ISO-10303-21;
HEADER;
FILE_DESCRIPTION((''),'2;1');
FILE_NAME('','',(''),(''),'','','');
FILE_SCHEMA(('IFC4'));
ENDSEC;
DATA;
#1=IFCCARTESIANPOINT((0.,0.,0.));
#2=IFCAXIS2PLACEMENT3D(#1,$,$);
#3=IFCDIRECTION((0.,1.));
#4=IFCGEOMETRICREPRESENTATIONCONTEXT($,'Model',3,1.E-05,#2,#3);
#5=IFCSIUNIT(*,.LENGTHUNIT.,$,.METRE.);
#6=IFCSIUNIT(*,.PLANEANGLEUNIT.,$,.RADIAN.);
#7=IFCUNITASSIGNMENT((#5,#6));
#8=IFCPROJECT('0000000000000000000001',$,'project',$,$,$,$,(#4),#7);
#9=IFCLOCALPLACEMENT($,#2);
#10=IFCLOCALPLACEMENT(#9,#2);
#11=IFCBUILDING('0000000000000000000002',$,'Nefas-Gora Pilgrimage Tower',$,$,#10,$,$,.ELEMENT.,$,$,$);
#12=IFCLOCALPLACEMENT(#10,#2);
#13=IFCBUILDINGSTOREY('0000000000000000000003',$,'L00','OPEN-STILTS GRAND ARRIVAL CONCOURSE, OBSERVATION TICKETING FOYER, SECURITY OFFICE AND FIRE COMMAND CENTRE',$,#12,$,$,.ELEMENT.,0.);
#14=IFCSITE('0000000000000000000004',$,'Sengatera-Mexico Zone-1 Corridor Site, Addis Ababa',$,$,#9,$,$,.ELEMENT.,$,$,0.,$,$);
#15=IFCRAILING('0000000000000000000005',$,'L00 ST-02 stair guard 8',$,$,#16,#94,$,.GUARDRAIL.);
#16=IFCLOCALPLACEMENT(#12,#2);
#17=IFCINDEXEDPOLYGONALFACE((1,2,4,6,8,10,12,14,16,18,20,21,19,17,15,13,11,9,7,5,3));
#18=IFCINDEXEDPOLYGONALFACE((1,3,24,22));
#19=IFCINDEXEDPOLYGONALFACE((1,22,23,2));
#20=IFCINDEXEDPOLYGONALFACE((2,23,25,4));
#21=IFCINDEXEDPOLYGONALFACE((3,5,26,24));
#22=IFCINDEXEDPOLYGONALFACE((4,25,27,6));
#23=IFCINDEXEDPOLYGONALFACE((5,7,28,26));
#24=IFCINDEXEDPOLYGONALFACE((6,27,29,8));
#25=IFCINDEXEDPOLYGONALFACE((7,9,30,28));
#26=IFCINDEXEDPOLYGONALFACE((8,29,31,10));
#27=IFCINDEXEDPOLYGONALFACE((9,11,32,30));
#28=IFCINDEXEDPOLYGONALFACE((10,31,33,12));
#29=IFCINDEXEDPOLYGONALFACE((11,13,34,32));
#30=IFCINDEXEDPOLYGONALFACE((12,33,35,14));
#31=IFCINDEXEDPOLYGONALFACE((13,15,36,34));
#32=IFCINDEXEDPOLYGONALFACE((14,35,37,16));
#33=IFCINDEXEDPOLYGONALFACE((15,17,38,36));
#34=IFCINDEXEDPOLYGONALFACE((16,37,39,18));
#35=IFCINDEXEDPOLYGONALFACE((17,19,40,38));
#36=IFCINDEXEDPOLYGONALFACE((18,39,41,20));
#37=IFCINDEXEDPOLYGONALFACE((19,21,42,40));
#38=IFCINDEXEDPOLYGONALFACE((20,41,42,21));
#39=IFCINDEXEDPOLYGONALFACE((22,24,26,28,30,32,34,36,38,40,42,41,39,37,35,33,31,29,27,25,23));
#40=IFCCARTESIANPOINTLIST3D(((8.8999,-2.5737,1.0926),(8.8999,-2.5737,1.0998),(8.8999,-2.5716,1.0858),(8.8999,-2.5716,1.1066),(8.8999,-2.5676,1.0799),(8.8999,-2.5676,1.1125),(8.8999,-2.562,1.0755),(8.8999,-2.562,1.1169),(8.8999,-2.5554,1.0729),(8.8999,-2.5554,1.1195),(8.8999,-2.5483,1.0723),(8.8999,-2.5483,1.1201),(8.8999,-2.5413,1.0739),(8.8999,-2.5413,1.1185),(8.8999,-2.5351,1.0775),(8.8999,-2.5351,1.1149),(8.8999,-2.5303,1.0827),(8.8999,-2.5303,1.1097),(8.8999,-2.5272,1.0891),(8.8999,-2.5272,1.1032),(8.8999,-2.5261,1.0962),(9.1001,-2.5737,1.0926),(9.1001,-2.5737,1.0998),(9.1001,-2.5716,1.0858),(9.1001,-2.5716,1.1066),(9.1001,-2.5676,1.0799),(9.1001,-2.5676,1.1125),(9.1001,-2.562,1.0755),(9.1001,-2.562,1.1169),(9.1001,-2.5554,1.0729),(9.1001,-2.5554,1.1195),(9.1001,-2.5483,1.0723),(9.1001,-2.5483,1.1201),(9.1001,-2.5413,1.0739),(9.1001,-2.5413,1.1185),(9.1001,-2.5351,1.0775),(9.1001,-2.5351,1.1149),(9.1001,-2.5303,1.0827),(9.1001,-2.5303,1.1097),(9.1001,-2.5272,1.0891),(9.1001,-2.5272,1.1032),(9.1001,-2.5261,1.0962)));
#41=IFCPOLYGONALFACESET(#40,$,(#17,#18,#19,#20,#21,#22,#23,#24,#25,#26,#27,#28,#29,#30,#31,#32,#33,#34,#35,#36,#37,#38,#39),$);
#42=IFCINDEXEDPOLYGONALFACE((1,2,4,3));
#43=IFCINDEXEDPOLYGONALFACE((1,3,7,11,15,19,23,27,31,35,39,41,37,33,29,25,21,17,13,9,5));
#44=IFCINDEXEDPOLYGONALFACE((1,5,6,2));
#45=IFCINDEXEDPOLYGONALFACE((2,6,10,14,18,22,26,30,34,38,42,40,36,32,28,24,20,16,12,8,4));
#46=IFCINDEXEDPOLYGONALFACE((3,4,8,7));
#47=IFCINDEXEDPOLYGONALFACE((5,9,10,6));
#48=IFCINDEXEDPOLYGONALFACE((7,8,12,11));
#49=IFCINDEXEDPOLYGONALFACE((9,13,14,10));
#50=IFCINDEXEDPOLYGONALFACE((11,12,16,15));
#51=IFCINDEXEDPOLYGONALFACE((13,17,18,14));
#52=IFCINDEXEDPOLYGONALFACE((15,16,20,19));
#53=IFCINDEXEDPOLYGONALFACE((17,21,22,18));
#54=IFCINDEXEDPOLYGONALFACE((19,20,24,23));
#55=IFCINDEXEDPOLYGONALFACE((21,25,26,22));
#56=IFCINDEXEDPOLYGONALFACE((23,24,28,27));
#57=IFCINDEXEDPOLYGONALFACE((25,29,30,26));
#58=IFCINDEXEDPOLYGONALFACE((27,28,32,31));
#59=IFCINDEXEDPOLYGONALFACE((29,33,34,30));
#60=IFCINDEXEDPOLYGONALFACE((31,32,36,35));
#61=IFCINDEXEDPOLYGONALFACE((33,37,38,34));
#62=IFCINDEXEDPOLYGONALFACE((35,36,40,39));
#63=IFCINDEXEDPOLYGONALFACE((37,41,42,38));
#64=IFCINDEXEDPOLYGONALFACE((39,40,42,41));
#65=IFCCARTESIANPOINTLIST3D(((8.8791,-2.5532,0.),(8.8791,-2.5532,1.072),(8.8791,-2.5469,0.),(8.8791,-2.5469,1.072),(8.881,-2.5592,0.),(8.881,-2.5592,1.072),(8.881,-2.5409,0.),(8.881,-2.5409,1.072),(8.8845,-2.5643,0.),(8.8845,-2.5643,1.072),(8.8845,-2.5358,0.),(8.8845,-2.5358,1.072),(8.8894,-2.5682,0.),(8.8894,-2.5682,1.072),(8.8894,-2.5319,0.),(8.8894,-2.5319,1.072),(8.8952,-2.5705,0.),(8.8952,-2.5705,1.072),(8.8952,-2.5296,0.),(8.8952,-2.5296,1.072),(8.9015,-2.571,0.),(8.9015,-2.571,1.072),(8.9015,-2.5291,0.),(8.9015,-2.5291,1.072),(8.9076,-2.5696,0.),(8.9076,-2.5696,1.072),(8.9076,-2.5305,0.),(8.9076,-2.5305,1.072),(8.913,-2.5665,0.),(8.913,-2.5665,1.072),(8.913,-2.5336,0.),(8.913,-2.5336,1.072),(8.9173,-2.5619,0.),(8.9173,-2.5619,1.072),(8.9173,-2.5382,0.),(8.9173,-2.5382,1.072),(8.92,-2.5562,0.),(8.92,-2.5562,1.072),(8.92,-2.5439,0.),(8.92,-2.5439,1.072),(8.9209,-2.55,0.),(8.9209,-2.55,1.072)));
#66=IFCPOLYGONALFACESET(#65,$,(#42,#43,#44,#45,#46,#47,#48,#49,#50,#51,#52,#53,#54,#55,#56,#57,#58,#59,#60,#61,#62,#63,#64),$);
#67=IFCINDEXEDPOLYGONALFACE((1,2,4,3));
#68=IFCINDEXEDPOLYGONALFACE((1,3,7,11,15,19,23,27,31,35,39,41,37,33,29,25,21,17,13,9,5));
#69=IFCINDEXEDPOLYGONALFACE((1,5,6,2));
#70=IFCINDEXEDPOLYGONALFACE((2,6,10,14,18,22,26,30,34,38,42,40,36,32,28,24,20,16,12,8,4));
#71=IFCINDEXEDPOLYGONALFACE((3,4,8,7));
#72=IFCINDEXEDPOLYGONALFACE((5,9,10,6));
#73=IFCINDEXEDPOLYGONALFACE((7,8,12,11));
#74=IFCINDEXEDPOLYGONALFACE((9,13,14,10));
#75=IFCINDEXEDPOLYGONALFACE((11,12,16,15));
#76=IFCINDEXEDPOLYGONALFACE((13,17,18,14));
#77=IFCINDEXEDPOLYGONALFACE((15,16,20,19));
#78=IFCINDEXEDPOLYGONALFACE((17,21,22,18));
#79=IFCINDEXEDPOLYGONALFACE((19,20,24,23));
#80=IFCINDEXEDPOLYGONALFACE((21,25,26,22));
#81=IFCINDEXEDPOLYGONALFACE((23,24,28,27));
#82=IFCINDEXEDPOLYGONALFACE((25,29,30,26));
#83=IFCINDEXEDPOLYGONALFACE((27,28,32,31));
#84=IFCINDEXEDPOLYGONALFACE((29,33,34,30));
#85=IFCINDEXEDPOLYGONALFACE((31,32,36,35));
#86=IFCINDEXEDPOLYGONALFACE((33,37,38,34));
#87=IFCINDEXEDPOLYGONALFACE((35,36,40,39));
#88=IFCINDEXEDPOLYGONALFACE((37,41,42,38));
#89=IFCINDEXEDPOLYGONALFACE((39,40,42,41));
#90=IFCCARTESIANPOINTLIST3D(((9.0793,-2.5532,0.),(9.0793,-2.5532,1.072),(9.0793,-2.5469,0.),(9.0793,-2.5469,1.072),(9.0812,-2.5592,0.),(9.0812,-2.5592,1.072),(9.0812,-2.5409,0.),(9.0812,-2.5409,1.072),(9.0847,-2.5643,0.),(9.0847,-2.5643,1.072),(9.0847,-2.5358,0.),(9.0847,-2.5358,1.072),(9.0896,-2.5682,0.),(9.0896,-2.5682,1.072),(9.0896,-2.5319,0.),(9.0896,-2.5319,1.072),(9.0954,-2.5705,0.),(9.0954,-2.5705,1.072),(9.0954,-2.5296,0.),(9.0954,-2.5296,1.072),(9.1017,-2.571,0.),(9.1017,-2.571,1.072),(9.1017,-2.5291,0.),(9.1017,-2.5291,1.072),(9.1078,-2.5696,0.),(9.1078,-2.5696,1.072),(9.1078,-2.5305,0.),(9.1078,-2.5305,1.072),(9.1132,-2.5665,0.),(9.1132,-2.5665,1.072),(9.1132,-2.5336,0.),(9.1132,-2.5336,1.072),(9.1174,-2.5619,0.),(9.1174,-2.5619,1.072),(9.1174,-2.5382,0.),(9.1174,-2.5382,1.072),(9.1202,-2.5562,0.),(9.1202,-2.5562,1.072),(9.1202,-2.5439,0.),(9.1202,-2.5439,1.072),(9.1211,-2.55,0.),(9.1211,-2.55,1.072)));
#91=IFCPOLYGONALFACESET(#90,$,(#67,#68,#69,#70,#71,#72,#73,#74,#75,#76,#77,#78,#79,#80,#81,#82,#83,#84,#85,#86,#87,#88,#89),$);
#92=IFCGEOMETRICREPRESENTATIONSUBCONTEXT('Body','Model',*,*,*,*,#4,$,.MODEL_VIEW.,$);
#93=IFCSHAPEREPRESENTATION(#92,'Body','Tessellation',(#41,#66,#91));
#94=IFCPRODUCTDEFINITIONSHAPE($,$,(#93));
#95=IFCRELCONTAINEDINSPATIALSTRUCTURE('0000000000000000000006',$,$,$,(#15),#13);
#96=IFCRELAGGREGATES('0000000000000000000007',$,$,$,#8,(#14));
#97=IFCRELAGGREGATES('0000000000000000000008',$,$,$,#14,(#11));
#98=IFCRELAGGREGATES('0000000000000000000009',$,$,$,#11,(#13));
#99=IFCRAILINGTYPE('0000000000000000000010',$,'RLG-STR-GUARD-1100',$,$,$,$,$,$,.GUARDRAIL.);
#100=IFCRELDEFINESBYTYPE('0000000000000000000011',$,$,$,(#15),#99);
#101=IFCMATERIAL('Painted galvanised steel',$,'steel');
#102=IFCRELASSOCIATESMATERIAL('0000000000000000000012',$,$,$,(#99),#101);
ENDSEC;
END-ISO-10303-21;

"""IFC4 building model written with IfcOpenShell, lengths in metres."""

from ifc_helpers import new_model, si_unit, direction, frame, origin, origin_2d, place, context, subcontext, project, spatial, circle, extrude, material, type_object, element, save


model = new_model("IFC4")

# Units and contexts
model_context = context("Model", 3, precision=1e-05, world=origin(), true_north=direction((0.0, 1.0)))
body_context = subcontext(model_context, "Body", "Model", "MODEL_VIEW")
ifc_project = project(units=[si_unit("LENGTHUNIT", "METRE"), si_unit("PLANEANGLEUNIT", "RADIAN")], contexts=[model_context])

# Site, building, storey
site_placement = place(None, origin())
site = spatial("IfcSite", under=ifc_project, at=site_placement, Name="Sengatera-Mexico Zone-1 Corridor Site, Addis Ababa", CompositionType="ELEMENT", RefElevation=0.0)
building_placement = place(site_placement, origin())
building = spatial("IfcBuilding", under=site, at=building_placement, Name="Nefas-Gora Pilgrimage Tower", CompositionType="ELEMENT")
storey_placement = place(building_placement, origin())
storey = spatial("IfcBuildingStorey", under=building, at=storey_placement, Name="L00", Description="OPEN-STILTS GRAND ARRIVAL CONCOURSE, OBSERVATION TICKETING FOYER, SECURITY OFFICE AND FIRE COMMAND CENTRE", CompositionType="ELEMENT", Elevation=0.0)

# Railing
ifc_material_1 = material(Name="Painted galvanised steel", Category="steel")
railing_type_1 = type_object("IfcRailingType", Name="RLG-STR-GUARD-1100", PredefinedType="GUARDRAIL", material=ifc_material_1)
railing_1_placement = place(storey_placement, frame((8.8999, -2.55, 0.0)))
element("IfcRailing", 1, at=railing_1_placement, inside=storey, type_object=railing_type_1, Name="L00 ST-02 stair guard 8", PredefinedType="GUARDRAIL", context=body_context, shape_type="SweptSolid", body=[
    extrude(circle(Radius=0.0239, at=origin_2d()), frame((0.0, 0.0, 1.0962), z_axis=(1.0, 0.0, 0.0), x_axis=(0.0, 1.0, 0.0)), (0.0, 0.0, 1.0), 0.2002),
    extrude(circle(Radius=0.021, at=origin_2d()), origin(), (0.0, 0.0, 1.0), 1.072),
    extrude(circle(Radius=0.021, at=origin_2d()), frame((0.2002, 0.0, 0.0)), (0.0, 0.0, 1.0), 1.072),
])

save(model, "model.ifc")
